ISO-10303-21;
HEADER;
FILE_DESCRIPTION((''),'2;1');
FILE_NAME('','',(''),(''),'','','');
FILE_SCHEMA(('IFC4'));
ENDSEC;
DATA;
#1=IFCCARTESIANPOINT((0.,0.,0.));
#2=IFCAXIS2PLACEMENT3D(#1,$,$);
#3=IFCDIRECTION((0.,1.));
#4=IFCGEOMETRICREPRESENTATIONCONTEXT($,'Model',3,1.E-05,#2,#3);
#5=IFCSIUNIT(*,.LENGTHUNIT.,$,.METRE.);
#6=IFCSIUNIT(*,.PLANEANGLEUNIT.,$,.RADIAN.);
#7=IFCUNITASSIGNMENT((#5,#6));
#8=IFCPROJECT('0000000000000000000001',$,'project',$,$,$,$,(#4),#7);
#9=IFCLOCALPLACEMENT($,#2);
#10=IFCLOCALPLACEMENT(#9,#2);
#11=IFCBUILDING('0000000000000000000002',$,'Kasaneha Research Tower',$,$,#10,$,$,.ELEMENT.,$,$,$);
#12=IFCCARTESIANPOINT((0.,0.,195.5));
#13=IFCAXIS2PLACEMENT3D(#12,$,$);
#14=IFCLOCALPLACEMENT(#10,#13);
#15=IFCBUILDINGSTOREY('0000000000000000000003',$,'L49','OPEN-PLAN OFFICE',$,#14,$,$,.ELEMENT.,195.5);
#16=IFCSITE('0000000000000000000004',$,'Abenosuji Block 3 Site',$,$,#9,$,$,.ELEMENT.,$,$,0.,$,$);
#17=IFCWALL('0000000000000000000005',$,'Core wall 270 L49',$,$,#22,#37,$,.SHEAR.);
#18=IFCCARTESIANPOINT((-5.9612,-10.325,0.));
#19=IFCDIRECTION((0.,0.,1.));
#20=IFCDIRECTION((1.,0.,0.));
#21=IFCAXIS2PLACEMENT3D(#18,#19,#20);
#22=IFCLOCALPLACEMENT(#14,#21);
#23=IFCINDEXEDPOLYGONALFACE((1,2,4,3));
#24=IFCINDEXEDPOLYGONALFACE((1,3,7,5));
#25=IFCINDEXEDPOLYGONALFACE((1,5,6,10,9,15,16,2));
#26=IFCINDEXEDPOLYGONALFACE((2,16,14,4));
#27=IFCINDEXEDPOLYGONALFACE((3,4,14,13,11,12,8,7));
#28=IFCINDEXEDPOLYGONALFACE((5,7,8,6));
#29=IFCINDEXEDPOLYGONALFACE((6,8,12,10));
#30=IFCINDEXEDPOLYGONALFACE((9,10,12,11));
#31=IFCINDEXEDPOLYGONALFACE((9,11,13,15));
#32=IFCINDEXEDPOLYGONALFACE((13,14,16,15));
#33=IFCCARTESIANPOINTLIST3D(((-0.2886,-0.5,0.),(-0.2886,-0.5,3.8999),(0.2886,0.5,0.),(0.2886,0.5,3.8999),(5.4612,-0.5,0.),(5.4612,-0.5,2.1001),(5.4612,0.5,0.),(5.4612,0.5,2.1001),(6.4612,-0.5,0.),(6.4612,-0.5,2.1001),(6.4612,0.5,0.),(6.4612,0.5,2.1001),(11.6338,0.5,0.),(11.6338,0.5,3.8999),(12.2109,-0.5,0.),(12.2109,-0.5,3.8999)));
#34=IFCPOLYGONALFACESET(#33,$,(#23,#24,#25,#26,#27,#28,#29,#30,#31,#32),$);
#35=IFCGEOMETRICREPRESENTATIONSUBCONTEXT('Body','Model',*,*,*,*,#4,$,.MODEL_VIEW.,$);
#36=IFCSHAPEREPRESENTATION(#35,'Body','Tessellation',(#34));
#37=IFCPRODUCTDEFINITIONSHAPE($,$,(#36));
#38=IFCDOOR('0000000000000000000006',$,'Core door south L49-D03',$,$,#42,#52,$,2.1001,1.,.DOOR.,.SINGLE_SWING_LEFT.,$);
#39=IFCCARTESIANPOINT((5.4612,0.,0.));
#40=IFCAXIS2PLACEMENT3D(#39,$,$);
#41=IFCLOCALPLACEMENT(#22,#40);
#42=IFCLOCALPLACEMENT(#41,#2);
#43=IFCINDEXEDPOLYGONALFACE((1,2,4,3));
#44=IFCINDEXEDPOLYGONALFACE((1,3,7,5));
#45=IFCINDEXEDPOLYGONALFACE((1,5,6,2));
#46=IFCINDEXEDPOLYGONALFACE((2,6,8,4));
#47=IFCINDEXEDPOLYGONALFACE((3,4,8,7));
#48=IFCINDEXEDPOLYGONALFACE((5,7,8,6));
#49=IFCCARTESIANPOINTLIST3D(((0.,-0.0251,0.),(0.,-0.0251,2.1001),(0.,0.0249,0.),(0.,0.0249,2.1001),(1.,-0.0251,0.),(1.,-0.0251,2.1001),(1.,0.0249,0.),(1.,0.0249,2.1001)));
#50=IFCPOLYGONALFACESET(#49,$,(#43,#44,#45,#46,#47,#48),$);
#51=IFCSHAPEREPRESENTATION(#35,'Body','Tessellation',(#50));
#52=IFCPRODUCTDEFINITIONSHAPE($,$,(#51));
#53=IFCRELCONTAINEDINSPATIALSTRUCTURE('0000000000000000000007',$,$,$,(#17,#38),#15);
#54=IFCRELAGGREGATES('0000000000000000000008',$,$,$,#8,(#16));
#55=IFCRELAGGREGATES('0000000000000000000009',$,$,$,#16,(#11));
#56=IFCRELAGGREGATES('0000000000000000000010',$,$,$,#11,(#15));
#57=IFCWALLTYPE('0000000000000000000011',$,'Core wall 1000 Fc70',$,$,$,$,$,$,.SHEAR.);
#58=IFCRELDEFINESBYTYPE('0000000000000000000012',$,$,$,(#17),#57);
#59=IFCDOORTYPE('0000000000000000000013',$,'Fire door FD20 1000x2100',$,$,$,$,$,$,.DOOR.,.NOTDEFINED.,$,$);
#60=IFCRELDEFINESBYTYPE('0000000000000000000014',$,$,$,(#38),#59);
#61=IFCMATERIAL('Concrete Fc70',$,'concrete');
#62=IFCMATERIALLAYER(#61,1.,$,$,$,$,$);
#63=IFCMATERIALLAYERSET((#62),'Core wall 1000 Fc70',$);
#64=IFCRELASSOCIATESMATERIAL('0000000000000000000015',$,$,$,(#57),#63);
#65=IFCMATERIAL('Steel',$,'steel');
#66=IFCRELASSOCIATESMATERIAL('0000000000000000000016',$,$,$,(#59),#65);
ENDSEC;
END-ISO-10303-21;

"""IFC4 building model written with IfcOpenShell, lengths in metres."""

from ifc_helpers import new_model, si_unit, direction, frame, frame_2d, origin, place, context, subcontext, project, spatial, polyline, rectangle, outline, extrude, material, layer, layer_set, type_object, element, fill, save


model = new_model("IFC4")

# Units and contexts
model_context = context("Model", 3, precision=1e-05, world=origin(), true_north=direction((0.0, 1.0)))
body_context = subcontext(model_context, "Body", "Model", "MODEL_VIEW")
ifc_project = project(units=[si_unit("LENGTHUNIT", "METRE"), si_unit("PLANEANGLEUNIT", "RADIAN")], contexts=[model_context])

# Site, building, storey
site_placement = place(None, origin())
site = spatial("IfcSite", under=ifc_project, at=site_placement, Name="Abenosuji Block 3 Site", CompositionType="ELEMENT", RefElevation=0.0)
building_placement = place(site_placement, origin())
building = spatial("IfcBuilding", under=site, at=building_placement, Name="Kasaneha Research Tower", CompositionType="ELEMENT")
storey_placement = place(building_placement, frame((0.0, 0.0, 195.5)))
storey = spatial("IfcBuildingStorey", under=building, at=storey_placement, Name="L49", Description="OPEN-PLAN OFFICE", CompositionType="ELEMENT", Elevation=195.5)

# Wall, opening, door
ifc_material_1 = material(Name="Concrete Fc70", Category="concrete")
ifc_layer_1 = layer(ifc_material_1, 1.0)
ifc_layer_set_1 = layer_set([ifc_layer_1], Name="Core wall 1000 Fc70")
wall_type_1 = type_object("IfcWallType", Name="Core wall 1000 Fc70", PredefinedType="SHEAR", material=ifc_layer_set_1)
wall_1_placement = place(storey_placement, frame((-5.9612, -10.325, 0.0), z_axis=(0.0, 0.0, 1.0), x_axis=(1.0, 0.0, 0.0)))
wall_1 = element("IfcWall", 1, at=wall_1_placement, inside=storey, type_object=wall_type_1, Name="Core wall 270 L49", PredefinedType="SHEAR", context=body_context, shape_type="SweptSolid", body=[
    extrude(outline(polyline([(-0.2886, -0.5), (5.4612, -0.5), (6.4612, -0.5), (12.2109, -0.5), (11.6338, 0.5), (6.4612, 0.5), (5.4612, 0.5), (0.2886, 0.5), (-0.2886, -0.5)])), origin(), (0.0, 0.0, 1.0), 3.8999),
])
opening_1_placement = place(wall_1_placement, frame((5.4612, 0.0, 0.0)))
opening_1 = element("IfcOpeningElement", 2, at=opening_1_placement, cuts=wall_1, PredefinedType="OPENING", context=body_context, shape_type="SweptSolid", body=[
    extrude(rectangle(XDim=1.0, YDim=2.1001, at=frame_2d((0.5, 1.05))), frame((0.0, 0.51, 0.0), z_axis=(0.0, -1.0, 0.0), x_axis=(1.0, 0.0, 0.0)), (0.0, 0.0, 1.0), 1.02),
])
ifc_material_2 = material(Name="Steel", Category="steel")
door_type_1 = type_object("IfcDoorType", Name="Fire door FD20 1000x2100", OperationType="NOTDEFINED", PredefinedType="DOOR", material=ifc_material_2)
door_1_placement = place(opening_1_placement, origin())
door_1 = element("IfcDoor", 3, at=door_1_placement, inside=storey, type_object=door_type_1, Name="Core door south L49-D03", OperationType="SINGLE_SWING_LEFT", OverallHeight=2.1001, OverallWidth=1.0, PredefinedType="DOOR", context=body_context, shape_type="SweptSolid", body=[
    extrude(rectangle(XDim=1.0, YDim=2.1001, at=frame_2d((0.5, 1.05))), frame((0.0, 0.0249, 0.0), z_axis=(0.0, -1.0, 0.0), x_axis=(1.0, 0.0, 0.0)), (0.0, 0.0, 1.0), 0.05),
])
fill(opening_1, door_1)

save(model, "model.ifc")
